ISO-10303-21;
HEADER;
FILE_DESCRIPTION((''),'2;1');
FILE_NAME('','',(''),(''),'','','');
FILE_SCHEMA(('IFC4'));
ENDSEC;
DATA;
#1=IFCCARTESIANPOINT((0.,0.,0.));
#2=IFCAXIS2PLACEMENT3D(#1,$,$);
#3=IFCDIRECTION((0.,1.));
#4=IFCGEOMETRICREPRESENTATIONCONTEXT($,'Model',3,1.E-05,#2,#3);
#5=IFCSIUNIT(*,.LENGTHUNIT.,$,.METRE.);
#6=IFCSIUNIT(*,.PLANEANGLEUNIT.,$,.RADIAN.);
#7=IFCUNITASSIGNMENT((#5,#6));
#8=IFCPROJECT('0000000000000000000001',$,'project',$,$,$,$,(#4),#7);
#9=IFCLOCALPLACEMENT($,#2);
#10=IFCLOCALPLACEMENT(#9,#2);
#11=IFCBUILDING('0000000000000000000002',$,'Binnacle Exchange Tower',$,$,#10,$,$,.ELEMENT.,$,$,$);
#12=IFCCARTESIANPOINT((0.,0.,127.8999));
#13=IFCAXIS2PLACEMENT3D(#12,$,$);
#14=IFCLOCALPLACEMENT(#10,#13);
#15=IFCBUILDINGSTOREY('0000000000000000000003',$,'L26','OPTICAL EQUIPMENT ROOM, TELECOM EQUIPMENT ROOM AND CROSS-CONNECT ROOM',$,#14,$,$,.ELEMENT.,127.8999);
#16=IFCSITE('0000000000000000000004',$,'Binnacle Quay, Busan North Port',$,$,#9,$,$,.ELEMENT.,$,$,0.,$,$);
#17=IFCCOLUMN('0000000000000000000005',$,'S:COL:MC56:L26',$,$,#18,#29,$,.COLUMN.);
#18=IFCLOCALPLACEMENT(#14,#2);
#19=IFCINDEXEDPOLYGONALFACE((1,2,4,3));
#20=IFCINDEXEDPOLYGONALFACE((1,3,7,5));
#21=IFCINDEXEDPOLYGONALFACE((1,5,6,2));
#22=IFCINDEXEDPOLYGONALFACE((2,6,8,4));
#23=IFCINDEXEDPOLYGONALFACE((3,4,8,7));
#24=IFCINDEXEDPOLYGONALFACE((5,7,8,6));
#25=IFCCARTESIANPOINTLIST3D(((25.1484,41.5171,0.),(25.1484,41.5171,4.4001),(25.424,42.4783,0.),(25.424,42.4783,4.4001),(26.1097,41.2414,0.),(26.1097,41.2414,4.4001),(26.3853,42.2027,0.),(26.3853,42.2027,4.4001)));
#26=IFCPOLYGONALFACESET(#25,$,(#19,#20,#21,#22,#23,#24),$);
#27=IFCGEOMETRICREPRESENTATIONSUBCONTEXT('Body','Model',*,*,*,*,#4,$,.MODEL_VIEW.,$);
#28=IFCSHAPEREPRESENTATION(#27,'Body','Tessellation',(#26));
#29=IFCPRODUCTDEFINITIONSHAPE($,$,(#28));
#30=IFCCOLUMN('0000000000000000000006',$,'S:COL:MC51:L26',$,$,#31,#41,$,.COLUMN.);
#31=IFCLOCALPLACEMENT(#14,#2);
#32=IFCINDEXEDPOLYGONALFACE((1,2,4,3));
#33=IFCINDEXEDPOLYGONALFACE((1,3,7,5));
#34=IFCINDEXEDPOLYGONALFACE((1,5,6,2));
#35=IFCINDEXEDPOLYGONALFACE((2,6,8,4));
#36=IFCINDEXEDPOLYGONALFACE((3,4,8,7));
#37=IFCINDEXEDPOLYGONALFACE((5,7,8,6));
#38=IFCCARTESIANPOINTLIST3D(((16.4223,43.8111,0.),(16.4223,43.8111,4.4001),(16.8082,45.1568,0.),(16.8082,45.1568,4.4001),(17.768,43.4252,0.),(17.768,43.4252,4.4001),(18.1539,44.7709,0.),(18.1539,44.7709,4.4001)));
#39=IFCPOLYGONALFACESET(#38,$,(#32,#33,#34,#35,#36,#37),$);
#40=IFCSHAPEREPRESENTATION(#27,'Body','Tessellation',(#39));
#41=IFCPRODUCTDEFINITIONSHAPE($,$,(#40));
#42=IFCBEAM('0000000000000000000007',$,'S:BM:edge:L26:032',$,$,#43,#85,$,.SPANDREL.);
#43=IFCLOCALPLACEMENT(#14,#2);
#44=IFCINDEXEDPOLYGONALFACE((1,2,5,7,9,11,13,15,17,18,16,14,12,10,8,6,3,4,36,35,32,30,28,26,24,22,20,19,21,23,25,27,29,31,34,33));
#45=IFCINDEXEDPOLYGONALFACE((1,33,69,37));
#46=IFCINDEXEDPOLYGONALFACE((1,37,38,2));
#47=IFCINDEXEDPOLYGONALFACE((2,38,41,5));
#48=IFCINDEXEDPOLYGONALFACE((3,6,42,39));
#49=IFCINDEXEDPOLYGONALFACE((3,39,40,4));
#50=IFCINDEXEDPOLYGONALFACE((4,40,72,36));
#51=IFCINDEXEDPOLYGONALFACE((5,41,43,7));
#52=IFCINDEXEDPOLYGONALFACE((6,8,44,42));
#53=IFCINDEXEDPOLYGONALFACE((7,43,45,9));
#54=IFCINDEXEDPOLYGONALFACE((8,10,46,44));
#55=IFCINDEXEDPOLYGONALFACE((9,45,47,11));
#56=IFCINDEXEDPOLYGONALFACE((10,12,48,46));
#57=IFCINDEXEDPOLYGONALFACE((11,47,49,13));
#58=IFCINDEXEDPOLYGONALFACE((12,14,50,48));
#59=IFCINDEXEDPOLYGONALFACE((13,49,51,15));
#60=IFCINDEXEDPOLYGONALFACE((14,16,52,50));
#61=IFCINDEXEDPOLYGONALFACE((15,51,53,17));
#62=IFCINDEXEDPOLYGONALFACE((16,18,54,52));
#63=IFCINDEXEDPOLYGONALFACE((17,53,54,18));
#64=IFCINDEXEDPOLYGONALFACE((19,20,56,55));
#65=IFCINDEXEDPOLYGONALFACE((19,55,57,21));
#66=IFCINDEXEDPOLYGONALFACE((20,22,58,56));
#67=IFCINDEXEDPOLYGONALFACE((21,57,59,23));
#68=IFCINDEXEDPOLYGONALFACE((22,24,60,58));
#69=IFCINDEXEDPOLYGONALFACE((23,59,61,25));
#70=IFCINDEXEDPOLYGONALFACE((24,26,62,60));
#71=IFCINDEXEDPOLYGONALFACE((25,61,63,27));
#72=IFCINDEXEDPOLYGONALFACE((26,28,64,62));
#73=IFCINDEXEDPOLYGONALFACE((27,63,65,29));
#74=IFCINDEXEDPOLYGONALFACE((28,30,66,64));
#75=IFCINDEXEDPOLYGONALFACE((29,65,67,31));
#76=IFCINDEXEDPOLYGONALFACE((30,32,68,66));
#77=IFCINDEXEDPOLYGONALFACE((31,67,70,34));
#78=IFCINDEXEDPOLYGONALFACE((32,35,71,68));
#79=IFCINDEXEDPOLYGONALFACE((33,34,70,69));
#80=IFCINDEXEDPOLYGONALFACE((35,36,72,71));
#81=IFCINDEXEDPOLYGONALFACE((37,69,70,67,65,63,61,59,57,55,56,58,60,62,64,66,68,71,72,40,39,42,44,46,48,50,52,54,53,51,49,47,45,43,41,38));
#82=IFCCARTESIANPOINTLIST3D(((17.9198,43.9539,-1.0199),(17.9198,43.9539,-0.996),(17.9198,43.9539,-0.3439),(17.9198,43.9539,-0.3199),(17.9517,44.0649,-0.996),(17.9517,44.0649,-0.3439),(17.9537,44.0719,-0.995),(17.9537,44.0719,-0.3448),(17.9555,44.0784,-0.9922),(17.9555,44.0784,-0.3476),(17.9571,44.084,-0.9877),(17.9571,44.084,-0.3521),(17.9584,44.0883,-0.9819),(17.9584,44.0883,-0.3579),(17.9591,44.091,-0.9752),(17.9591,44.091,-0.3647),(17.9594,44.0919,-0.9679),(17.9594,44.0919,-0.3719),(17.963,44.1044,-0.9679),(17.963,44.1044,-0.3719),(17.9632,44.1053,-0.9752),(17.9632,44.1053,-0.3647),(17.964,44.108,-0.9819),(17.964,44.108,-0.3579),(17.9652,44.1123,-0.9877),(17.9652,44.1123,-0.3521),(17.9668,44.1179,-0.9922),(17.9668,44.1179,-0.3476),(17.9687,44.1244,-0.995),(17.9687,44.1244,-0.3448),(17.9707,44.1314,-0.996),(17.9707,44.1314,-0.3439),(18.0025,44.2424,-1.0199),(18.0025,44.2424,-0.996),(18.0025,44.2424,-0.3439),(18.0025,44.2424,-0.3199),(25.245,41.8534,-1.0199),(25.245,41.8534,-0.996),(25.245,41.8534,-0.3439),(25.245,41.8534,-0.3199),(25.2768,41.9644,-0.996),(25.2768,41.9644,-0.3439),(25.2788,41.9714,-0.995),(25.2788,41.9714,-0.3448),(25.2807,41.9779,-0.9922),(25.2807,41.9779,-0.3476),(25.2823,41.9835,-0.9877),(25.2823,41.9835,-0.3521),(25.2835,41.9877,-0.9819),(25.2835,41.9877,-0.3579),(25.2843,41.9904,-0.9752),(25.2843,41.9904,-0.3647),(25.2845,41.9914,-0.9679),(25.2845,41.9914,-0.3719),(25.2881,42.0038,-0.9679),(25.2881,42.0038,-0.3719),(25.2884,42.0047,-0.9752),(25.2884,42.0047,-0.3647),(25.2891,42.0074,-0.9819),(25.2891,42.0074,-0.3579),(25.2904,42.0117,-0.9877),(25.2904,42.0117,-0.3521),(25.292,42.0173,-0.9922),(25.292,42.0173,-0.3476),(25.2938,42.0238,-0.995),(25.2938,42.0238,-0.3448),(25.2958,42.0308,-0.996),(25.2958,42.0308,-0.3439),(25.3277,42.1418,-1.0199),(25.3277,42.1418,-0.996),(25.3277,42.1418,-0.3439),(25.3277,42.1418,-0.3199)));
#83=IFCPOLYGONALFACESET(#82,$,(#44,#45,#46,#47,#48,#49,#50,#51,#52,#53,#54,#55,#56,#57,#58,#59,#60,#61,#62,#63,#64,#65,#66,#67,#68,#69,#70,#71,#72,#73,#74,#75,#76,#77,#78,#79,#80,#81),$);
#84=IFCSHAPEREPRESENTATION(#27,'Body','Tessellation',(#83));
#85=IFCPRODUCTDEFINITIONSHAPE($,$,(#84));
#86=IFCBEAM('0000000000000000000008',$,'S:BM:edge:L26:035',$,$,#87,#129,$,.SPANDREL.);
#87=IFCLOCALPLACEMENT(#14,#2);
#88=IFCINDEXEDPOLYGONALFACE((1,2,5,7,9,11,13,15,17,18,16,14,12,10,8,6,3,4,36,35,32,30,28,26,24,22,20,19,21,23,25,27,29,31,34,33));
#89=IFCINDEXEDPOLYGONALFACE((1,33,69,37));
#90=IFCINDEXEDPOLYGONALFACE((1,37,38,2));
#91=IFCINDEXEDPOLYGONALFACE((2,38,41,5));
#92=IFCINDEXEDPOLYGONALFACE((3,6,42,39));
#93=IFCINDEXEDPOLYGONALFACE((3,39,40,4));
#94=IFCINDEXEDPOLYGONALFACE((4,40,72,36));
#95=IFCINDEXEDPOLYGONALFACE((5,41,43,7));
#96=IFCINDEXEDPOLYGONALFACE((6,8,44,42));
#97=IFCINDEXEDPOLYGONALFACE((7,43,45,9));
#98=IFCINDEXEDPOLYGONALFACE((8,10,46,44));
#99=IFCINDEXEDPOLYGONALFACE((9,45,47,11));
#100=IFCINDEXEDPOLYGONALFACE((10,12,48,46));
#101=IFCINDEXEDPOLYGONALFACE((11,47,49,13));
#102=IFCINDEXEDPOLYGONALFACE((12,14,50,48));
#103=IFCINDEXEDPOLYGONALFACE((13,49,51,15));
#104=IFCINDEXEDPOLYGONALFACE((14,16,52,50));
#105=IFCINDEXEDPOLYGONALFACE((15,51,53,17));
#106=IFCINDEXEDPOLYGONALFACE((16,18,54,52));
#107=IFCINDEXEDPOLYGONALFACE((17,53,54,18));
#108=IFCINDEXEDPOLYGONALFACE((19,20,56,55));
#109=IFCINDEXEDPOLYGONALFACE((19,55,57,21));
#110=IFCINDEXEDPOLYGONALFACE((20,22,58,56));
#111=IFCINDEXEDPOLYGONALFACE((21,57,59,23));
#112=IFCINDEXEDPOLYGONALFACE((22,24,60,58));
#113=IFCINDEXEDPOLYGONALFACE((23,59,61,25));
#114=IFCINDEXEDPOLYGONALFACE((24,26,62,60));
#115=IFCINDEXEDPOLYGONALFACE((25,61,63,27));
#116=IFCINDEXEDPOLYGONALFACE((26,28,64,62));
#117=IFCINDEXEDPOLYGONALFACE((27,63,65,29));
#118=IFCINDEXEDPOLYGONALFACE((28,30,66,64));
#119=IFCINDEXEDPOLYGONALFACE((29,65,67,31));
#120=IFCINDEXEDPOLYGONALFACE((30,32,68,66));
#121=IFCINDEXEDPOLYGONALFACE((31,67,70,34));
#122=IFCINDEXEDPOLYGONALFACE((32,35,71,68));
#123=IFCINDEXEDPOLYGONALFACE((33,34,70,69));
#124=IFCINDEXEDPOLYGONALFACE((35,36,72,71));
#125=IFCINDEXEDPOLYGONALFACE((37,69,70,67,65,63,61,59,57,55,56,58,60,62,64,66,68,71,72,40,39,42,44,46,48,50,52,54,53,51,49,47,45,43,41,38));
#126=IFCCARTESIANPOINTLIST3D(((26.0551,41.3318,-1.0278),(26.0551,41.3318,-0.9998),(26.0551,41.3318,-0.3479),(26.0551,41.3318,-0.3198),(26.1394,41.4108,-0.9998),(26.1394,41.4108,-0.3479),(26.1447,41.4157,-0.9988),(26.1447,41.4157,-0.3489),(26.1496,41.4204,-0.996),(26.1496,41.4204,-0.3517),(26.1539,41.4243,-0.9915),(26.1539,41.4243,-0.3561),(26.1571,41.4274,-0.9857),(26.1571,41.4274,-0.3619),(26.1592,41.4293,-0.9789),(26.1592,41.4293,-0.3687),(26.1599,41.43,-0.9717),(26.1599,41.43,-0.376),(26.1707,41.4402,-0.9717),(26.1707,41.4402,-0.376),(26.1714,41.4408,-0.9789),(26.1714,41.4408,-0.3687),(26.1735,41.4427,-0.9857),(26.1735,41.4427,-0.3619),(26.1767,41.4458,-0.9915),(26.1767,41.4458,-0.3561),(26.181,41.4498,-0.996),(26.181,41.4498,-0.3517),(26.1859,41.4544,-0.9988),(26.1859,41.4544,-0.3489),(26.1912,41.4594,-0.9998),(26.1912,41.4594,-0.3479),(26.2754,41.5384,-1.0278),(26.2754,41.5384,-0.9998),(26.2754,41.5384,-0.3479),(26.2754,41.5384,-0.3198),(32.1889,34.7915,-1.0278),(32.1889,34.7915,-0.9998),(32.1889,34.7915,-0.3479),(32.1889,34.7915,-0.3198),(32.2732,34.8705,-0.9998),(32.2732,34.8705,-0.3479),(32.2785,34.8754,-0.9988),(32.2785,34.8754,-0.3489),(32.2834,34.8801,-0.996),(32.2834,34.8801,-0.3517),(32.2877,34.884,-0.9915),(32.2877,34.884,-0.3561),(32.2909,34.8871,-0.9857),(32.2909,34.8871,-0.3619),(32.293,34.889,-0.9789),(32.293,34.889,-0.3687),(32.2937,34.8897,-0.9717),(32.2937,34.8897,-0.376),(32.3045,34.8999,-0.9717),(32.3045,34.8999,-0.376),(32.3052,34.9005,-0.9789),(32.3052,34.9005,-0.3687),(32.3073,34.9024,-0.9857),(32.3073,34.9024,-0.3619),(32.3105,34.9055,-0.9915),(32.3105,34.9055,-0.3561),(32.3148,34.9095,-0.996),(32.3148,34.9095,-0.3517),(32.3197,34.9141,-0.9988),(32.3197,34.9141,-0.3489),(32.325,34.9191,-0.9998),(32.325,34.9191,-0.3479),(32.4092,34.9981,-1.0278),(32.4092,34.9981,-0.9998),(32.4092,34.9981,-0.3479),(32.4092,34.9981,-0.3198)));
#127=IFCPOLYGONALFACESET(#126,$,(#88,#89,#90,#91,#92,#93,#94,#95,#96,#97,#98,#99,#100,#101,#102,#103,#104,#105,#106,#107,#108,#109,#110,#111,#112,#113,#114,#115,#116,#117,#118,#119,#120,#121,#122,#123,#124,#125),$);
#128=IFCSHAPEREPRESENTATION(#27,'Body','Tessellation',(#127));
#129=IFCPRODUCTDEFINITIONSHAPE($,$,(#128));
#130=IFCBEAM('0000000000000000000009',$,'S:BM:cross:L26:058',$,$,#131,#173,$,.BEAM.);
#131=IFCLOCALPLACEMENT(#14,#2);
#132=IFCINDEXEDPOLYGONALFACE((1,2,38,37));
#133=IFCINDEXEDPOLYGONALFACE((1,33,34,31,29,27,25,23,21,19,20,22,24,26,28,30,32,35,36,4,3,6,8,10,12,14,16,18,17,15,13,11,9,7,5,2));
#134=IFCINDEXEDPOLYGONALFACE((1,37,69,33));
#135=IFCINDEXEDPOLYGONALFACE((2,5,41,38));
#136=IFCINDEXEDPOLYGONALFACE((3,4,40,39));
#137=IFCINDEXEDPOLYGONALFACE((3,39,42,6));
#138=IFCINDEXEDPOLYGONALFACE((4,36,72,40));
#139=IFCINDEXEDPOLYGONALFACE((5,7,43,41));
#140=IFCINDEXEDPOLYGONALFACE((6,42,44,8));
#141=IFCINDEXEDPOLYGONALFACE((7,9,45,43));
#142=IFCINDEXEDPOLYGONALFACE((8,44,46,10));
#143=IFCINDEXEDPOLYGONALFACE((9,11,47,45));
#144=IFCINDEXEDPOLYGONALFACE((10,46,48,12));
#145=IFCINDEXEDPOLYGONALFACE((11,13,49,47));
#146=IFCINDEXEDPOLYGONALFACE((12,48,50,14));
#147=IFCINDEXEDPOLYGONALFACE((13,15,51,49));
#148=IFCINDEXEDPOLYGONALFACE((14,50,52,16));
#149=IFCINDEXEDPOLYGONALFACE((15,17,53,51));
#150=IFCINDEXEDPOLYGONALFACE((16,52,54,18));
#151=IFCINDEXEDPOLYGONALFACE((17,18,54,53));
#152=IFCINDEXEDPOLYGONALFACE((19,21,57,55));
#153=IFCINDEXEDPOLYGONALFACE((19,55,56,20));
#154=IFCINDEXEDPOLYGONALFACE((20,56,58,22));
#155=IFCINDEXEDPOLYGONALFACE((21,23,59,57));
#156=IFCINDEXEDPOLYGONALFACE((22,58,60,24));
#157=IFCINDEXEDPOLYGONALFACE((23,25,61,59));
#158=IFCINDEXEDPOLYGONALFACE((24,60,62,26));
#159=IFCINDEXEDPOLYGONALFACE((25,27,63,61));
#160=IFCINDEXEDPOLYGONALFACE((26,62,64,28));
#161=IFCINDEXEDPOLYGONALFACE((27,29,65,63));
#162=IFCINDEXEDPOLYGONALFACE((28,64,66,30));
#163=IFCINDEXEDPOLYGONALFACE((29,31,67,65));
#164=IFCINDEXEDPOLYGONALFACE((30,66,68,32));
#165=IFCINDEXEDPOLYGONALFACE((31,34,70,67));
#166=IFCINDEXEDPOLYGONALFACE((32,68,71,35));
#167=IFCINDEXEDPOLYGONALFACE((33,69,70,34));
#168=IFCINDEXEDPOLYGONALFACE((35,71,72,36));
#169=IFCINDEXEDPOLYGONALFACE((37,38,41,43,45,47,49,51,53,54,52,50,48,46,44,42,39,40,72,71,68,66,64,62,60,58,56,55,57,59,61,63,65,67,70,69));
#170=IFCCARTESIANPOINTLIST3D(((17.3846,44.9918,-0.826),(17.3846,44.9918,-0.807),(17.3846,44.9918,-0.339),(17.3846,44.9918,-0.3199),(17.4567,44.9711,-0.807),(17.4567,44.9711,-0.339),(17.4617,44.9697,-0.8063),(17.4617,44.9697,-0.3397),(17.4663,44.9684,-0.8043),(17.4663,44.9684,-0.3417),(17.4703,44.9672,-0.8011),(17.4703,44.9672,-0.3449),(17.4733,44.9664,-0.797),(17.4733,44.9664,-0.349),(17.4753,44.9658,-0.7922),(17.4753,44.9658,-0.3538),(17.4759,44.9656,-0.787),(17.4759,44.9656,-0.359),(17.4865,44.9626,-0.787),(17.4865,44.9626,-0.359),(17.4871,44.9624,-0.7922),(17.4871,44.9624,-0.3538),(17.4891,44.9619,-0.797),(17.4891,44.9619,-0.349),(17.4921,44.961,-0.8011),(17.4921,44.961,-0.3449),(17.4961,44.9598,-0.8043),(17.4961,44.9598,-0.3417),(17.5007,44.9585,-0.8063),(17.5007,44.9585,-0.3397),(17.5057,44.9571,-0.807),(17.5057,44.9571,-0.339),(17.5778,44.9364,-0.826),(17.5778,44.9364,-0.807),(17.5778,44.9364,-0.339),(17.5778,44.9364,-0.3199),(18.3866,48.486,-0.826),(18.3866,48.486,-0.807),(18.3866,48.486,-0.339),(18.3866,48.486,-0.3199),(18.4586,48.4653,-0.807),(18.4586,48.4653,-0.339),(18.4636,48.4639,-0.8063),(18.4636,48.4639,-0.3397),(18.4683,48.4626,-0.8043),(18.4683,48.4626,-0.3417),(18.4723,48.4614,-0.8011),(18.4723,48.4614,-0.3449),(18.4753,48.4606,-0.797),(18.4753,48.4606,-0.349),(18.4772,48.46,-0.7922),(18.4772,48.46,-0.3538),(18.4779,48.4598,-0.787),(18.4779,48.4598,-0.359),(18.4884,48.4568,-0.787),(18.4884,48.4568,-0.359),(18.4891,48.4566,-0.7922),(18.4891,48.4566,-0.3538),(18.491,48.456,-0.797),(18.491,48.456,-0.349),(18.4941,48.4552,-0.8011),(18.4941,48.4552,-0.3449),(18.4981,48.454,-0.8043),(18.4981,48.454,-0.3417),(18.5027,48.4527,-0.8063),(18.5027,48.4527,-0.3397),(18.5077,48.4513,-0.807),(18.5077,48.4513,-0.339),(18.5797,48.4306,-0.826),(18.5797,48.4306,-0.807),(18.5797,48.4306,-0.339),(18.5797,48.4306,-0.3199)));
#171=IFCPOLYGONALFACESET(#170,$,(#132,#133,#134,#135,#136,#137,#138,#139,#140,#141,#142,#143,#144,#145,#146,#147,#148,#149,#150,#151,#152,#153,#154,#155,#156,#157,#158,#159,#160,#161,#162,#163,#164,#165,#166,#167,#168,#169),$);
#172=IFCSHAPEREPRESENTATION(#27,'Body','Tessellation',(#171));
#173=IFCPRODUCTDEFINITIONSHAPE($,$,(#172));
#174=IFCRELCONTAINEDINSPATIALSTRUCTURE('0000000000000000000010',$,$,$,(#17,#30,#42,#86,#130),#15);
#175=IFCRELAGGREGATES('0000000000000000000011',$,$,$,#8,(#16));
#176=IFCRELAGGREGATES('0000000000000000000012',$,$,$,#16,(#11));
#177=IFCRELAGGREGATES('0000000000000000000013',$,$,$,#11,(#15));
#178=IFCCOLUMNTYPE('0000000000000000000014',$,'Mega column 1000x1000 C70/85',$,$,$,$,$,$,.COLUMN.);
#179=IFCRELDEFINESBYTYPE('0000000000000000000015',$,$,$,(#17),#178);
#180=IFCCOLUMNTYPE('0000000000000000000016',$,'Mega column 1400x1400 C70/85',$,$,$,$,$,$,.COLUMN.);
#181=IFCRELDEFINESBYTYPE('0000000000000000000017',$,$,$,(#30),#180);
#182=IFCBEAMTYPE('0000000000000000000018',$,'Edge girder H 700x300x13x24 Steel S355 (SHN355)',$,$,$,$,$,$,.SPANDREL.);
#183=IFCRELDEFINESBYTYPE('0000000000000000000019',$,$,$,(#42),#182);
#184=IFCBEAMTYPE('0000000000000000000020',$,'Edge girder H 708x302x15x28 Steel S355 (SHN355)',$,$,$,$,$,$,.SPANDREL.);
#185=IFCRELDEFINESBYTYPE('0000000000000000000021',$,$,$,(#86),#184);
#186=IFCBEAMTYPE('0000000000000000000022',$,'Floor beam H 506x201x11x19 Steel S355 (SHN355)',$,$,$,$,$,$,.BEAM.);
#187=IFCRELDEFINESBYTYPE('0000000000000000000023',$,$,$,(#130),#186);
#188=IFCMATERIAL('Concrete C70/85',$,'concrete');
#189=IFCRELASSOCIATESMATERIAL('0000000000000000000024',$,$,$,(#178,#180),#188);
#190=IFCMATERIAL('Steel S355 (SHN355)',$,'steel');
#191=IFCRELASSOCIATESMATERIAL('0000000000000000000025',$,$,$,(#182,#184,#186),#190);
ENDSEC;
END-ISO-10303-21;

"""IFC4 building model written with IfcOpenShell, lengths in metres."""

from ifc_helpers import new_model, si_unit, direction, frame, origin, origin_2d, place, context, subcontext, project, spatial, rectangle, i_section, extrude, material, material_profile, profile_set, type_object, element, save


model = new_model("IFC4")

# Units and contexts
model_context = context("Model", 3, precision=1e-05, world=origin(), true_north=direction((0.0, 1.0)))
body_context = subcontext(model_context, "Body", "Model", "MODEL_VIEW")
ifc_project = project(units=[si_unit("LENGTHUNIT", "METRE"), si_unit("PLANEANGLEUNIT", "RADIAN")], contexts=[model_context])

# Site, building, storey
site_placement = place(None, origin())
site = spatial("IfcSite", under=ifc_project, at=site_placement, Name="Binnacle Quay, Busan North Port", CompositionType="ELEMENT", RefElevation=0.0)
building_placement = place(site_placement, origin())
building = spatial("IfcBuilding", under=site, at=building_placement, Name="Binnacle Exchange Tower", CompositionType="ELEMENT")
storey_placement = place(building_placement, frame((0.0, 0.0, 127.8999)))
storey = spatial("IfcBuildingStorey", under=building, at=storey_placement, Name="L26", Description="OPTICAL EQUIPMENT ROOM, TELECOM EQUIPMENT ROOM AND CROSS-CONNECT ROOM", CompositionType="ELEMENT", Elevation=127.8999)

# Columns
ifc_material_1 = material(Name="Concrete C70/85", Category="concrete")
ifc_material_profile_1 = material_profile(ifc_material_1, rectangle(XDim=1.0, YDim=1.0, at=origin_2d()), Name="Mega column 1000x1000 C70/85")
ifc_profile_set_1 = profile_set([ifc_material_profile_1], Name="Concrete C70/85")
column_type_1 = type_object("IfcColumnType", Name="Mega column 1000x1000 C70/85", PredefinedType="COLUMN", material=ifc_profile_set_1)
column_1_placement = place(storey_placement, frame((25.7668, 41.8599, 0.0), z_axis=(0.0, 0.0, 1.0), x_axis=(0.961262, -0.275637, 0.0)))
element("IfcColumn", 1, at=column_1_placement, inside=storey, type_object=column_type_1, Name="S:COL:MC56:L26", PredefinedType="COLUMN", context=body_context, shape_type="SweptSolid", body=[
    extrude(rectangle(XDim=1.0, YDim=1.0, at=origin_2d()), origin(), (0.0, 0.0, 1.0), 4.4001),
])
ifc_material_profile_2 = material_profile(ifc_material_1, rectangle(XDim=1.3999, YDim=1.3999, at=origin_2d()), Name="Mega column 1400x1400 C70/85")
ifc_profile_set_2 = profile_set([ifc_material_profile_2], Name="Concrete C70/85")
column_type_2 = type_object("IfcColumnType", Name="Mega column 1400x1400 C70/85", PredefinedType="COLUMN", material=ifc_profile_set_2)
column_2_placement = place(storey_placement, frame((17.2881, 44.291, 0.0), z_axis=(0.0, 0.0, 1.0), x_axis=(0.961262, -0.275637, 0.0)))
element("IfcColumn", 2, at=column_2_placement, inside=storey, type_object=column_type_2, Name="S:COL:MC51:L26", PredefinedType="COLUMN", context=body_context, shape_type="SweptSolid", body=[
    extrude(rectangle(XDim=1.3999, YDim=1.3999, at=origin_2d()), origin(), (0.0, 0.0, 1.0), 4.4001),
])

# Beams
ifc_material_2 = material(Name="Steel S355 (SHN355)", Category="steel")
ifc_material_profile_3 = material_profile(ifc_material_2, i_section(OverallWidth=0.3, OverallDepth=0.7, WebThickness=0.0129, FlangeThickness=0.0239, FilletRadius=0.0281, at=origin_2d()), Name="H 700x300x13x24")
ifc_profile_set_3 = profile_set([ifc_material_profile_3], Name="Steel S355 (SHN355)")
beam_type_1 = type_object("IfcBeamType", Name="Edge girder H 700x300x13x24 Steel S355 (SHN355)", PredefinedType="SPANDREL", material=ifc_profile_set_3)
beam_1_placement = place(storey_placement, frame((17.9612, 44.0981, -0.6699), z_axis=(0.961258, -0.275652, 0.0), x_axis=(0.275652, 0.961258, 0.0)))
element("IfcBeam", 3, at=beam_1_placement, inside=storey, type_object=beam_type_1, Name="S:BM:edge:L26:032", PredefinedType="SPANDREL", context=body_context, shape_type="SweptSolid", body=[
    extrude(i_section(OverallWidth=0.3, OverallDepth=0.7, WebThickness=0.0129, FlangeThickness=0.0239, FilletRadius=0.0281, at=origin_2d()), origin(), (0.0, 0.0, 1.0), 7.6204),
])
ifc_material_profile_4 = material_profile(ifc_material_2, i_section(OverallWidth=0.302, OverallDepth=0.708, WebThickness=0.0149, FlangeThickness=0.0281, FilletRadius=0.0281, at=origin_2d()), Name="H 708x302x15x28")
ifc_profile_set_4 = profile_set([ifc_material_profile_4], Name="Steel S355 (SHN355)")
beam_type_2 = type_object("IfcBeamType", Name="Edge girder H 708x302x15x28 Steel S355 (SHN355)", PredefinedType="SPANDREL", material=ifc_profile_set_4)
beam_2_placement = place(storey_placement, frame((26.1653, 41.4351, -0.6738), z_axis=(0.684076, -0.729411, 0.0), x_axis=(0.729411, 0.684076, 0.0)))
element("IfcBeam", 4, at=beam_2_placement, inside=storey, type_object=beam_type_2, Name="S:BM:edge:L26:035", PredefinedType="SPANDREL", context=body_context, shape_type="SweptSolid", body=[
    extrude(i_section(OverallWidth=0.302, OverallDepth=0.708, WebThickness=0.0149, FlangeThickness=0.0281, FilletRadius=0.0281, at=origin_2d()), origin(), (0.0, 0.0, 1.0), 8.9666),
])
ifc_material_profile_5 = material_profile(ifc_material_2, i_section(OverallWidth=0.2009, OverallDepth=0.5061, WebThickness=0.011, FlangeThickness=0.019, FilletRadius=0.02, at=origin_2d()), Name="H 506x201x11x19")
ifc_profile_set_5 = profile_set([ifc_material_profile_5], Name="Steel S355 (SHN355)")
beam_type_3 = type_object("IfcBeamType", Name="Floor beam H 506x201x11x19 Steel S355 (SHN355)", PredefinedType="BEAM", material=ifc_profile_set_5)
beam_3_placement = place(storey_placement, frame((17.4812, 44.9641, -0.573), z_axis=(0.275644, 0.96126, 0.0), x_axis=(-0.96126, 0.275644, 0.0)))
element("IfcBeam", 5, at=beam_3_placement, inside=storey, type_object=beam_type_3, Name="S:BM:cross:L26:058", PredefinedType="BEAM", context=body_context, shape_type="SweptSolid", body=[
    extrude(i_section(OverallWidth=0.2009, OverallDepth=0.5061, WebThickness=0.011, FlangeThickness=0.019, FilletRadius=0.02, at=origin_2d()), origin(), (0.0, 0.0, 1.0), 3.635),
])

save(model, "model.ifc")
